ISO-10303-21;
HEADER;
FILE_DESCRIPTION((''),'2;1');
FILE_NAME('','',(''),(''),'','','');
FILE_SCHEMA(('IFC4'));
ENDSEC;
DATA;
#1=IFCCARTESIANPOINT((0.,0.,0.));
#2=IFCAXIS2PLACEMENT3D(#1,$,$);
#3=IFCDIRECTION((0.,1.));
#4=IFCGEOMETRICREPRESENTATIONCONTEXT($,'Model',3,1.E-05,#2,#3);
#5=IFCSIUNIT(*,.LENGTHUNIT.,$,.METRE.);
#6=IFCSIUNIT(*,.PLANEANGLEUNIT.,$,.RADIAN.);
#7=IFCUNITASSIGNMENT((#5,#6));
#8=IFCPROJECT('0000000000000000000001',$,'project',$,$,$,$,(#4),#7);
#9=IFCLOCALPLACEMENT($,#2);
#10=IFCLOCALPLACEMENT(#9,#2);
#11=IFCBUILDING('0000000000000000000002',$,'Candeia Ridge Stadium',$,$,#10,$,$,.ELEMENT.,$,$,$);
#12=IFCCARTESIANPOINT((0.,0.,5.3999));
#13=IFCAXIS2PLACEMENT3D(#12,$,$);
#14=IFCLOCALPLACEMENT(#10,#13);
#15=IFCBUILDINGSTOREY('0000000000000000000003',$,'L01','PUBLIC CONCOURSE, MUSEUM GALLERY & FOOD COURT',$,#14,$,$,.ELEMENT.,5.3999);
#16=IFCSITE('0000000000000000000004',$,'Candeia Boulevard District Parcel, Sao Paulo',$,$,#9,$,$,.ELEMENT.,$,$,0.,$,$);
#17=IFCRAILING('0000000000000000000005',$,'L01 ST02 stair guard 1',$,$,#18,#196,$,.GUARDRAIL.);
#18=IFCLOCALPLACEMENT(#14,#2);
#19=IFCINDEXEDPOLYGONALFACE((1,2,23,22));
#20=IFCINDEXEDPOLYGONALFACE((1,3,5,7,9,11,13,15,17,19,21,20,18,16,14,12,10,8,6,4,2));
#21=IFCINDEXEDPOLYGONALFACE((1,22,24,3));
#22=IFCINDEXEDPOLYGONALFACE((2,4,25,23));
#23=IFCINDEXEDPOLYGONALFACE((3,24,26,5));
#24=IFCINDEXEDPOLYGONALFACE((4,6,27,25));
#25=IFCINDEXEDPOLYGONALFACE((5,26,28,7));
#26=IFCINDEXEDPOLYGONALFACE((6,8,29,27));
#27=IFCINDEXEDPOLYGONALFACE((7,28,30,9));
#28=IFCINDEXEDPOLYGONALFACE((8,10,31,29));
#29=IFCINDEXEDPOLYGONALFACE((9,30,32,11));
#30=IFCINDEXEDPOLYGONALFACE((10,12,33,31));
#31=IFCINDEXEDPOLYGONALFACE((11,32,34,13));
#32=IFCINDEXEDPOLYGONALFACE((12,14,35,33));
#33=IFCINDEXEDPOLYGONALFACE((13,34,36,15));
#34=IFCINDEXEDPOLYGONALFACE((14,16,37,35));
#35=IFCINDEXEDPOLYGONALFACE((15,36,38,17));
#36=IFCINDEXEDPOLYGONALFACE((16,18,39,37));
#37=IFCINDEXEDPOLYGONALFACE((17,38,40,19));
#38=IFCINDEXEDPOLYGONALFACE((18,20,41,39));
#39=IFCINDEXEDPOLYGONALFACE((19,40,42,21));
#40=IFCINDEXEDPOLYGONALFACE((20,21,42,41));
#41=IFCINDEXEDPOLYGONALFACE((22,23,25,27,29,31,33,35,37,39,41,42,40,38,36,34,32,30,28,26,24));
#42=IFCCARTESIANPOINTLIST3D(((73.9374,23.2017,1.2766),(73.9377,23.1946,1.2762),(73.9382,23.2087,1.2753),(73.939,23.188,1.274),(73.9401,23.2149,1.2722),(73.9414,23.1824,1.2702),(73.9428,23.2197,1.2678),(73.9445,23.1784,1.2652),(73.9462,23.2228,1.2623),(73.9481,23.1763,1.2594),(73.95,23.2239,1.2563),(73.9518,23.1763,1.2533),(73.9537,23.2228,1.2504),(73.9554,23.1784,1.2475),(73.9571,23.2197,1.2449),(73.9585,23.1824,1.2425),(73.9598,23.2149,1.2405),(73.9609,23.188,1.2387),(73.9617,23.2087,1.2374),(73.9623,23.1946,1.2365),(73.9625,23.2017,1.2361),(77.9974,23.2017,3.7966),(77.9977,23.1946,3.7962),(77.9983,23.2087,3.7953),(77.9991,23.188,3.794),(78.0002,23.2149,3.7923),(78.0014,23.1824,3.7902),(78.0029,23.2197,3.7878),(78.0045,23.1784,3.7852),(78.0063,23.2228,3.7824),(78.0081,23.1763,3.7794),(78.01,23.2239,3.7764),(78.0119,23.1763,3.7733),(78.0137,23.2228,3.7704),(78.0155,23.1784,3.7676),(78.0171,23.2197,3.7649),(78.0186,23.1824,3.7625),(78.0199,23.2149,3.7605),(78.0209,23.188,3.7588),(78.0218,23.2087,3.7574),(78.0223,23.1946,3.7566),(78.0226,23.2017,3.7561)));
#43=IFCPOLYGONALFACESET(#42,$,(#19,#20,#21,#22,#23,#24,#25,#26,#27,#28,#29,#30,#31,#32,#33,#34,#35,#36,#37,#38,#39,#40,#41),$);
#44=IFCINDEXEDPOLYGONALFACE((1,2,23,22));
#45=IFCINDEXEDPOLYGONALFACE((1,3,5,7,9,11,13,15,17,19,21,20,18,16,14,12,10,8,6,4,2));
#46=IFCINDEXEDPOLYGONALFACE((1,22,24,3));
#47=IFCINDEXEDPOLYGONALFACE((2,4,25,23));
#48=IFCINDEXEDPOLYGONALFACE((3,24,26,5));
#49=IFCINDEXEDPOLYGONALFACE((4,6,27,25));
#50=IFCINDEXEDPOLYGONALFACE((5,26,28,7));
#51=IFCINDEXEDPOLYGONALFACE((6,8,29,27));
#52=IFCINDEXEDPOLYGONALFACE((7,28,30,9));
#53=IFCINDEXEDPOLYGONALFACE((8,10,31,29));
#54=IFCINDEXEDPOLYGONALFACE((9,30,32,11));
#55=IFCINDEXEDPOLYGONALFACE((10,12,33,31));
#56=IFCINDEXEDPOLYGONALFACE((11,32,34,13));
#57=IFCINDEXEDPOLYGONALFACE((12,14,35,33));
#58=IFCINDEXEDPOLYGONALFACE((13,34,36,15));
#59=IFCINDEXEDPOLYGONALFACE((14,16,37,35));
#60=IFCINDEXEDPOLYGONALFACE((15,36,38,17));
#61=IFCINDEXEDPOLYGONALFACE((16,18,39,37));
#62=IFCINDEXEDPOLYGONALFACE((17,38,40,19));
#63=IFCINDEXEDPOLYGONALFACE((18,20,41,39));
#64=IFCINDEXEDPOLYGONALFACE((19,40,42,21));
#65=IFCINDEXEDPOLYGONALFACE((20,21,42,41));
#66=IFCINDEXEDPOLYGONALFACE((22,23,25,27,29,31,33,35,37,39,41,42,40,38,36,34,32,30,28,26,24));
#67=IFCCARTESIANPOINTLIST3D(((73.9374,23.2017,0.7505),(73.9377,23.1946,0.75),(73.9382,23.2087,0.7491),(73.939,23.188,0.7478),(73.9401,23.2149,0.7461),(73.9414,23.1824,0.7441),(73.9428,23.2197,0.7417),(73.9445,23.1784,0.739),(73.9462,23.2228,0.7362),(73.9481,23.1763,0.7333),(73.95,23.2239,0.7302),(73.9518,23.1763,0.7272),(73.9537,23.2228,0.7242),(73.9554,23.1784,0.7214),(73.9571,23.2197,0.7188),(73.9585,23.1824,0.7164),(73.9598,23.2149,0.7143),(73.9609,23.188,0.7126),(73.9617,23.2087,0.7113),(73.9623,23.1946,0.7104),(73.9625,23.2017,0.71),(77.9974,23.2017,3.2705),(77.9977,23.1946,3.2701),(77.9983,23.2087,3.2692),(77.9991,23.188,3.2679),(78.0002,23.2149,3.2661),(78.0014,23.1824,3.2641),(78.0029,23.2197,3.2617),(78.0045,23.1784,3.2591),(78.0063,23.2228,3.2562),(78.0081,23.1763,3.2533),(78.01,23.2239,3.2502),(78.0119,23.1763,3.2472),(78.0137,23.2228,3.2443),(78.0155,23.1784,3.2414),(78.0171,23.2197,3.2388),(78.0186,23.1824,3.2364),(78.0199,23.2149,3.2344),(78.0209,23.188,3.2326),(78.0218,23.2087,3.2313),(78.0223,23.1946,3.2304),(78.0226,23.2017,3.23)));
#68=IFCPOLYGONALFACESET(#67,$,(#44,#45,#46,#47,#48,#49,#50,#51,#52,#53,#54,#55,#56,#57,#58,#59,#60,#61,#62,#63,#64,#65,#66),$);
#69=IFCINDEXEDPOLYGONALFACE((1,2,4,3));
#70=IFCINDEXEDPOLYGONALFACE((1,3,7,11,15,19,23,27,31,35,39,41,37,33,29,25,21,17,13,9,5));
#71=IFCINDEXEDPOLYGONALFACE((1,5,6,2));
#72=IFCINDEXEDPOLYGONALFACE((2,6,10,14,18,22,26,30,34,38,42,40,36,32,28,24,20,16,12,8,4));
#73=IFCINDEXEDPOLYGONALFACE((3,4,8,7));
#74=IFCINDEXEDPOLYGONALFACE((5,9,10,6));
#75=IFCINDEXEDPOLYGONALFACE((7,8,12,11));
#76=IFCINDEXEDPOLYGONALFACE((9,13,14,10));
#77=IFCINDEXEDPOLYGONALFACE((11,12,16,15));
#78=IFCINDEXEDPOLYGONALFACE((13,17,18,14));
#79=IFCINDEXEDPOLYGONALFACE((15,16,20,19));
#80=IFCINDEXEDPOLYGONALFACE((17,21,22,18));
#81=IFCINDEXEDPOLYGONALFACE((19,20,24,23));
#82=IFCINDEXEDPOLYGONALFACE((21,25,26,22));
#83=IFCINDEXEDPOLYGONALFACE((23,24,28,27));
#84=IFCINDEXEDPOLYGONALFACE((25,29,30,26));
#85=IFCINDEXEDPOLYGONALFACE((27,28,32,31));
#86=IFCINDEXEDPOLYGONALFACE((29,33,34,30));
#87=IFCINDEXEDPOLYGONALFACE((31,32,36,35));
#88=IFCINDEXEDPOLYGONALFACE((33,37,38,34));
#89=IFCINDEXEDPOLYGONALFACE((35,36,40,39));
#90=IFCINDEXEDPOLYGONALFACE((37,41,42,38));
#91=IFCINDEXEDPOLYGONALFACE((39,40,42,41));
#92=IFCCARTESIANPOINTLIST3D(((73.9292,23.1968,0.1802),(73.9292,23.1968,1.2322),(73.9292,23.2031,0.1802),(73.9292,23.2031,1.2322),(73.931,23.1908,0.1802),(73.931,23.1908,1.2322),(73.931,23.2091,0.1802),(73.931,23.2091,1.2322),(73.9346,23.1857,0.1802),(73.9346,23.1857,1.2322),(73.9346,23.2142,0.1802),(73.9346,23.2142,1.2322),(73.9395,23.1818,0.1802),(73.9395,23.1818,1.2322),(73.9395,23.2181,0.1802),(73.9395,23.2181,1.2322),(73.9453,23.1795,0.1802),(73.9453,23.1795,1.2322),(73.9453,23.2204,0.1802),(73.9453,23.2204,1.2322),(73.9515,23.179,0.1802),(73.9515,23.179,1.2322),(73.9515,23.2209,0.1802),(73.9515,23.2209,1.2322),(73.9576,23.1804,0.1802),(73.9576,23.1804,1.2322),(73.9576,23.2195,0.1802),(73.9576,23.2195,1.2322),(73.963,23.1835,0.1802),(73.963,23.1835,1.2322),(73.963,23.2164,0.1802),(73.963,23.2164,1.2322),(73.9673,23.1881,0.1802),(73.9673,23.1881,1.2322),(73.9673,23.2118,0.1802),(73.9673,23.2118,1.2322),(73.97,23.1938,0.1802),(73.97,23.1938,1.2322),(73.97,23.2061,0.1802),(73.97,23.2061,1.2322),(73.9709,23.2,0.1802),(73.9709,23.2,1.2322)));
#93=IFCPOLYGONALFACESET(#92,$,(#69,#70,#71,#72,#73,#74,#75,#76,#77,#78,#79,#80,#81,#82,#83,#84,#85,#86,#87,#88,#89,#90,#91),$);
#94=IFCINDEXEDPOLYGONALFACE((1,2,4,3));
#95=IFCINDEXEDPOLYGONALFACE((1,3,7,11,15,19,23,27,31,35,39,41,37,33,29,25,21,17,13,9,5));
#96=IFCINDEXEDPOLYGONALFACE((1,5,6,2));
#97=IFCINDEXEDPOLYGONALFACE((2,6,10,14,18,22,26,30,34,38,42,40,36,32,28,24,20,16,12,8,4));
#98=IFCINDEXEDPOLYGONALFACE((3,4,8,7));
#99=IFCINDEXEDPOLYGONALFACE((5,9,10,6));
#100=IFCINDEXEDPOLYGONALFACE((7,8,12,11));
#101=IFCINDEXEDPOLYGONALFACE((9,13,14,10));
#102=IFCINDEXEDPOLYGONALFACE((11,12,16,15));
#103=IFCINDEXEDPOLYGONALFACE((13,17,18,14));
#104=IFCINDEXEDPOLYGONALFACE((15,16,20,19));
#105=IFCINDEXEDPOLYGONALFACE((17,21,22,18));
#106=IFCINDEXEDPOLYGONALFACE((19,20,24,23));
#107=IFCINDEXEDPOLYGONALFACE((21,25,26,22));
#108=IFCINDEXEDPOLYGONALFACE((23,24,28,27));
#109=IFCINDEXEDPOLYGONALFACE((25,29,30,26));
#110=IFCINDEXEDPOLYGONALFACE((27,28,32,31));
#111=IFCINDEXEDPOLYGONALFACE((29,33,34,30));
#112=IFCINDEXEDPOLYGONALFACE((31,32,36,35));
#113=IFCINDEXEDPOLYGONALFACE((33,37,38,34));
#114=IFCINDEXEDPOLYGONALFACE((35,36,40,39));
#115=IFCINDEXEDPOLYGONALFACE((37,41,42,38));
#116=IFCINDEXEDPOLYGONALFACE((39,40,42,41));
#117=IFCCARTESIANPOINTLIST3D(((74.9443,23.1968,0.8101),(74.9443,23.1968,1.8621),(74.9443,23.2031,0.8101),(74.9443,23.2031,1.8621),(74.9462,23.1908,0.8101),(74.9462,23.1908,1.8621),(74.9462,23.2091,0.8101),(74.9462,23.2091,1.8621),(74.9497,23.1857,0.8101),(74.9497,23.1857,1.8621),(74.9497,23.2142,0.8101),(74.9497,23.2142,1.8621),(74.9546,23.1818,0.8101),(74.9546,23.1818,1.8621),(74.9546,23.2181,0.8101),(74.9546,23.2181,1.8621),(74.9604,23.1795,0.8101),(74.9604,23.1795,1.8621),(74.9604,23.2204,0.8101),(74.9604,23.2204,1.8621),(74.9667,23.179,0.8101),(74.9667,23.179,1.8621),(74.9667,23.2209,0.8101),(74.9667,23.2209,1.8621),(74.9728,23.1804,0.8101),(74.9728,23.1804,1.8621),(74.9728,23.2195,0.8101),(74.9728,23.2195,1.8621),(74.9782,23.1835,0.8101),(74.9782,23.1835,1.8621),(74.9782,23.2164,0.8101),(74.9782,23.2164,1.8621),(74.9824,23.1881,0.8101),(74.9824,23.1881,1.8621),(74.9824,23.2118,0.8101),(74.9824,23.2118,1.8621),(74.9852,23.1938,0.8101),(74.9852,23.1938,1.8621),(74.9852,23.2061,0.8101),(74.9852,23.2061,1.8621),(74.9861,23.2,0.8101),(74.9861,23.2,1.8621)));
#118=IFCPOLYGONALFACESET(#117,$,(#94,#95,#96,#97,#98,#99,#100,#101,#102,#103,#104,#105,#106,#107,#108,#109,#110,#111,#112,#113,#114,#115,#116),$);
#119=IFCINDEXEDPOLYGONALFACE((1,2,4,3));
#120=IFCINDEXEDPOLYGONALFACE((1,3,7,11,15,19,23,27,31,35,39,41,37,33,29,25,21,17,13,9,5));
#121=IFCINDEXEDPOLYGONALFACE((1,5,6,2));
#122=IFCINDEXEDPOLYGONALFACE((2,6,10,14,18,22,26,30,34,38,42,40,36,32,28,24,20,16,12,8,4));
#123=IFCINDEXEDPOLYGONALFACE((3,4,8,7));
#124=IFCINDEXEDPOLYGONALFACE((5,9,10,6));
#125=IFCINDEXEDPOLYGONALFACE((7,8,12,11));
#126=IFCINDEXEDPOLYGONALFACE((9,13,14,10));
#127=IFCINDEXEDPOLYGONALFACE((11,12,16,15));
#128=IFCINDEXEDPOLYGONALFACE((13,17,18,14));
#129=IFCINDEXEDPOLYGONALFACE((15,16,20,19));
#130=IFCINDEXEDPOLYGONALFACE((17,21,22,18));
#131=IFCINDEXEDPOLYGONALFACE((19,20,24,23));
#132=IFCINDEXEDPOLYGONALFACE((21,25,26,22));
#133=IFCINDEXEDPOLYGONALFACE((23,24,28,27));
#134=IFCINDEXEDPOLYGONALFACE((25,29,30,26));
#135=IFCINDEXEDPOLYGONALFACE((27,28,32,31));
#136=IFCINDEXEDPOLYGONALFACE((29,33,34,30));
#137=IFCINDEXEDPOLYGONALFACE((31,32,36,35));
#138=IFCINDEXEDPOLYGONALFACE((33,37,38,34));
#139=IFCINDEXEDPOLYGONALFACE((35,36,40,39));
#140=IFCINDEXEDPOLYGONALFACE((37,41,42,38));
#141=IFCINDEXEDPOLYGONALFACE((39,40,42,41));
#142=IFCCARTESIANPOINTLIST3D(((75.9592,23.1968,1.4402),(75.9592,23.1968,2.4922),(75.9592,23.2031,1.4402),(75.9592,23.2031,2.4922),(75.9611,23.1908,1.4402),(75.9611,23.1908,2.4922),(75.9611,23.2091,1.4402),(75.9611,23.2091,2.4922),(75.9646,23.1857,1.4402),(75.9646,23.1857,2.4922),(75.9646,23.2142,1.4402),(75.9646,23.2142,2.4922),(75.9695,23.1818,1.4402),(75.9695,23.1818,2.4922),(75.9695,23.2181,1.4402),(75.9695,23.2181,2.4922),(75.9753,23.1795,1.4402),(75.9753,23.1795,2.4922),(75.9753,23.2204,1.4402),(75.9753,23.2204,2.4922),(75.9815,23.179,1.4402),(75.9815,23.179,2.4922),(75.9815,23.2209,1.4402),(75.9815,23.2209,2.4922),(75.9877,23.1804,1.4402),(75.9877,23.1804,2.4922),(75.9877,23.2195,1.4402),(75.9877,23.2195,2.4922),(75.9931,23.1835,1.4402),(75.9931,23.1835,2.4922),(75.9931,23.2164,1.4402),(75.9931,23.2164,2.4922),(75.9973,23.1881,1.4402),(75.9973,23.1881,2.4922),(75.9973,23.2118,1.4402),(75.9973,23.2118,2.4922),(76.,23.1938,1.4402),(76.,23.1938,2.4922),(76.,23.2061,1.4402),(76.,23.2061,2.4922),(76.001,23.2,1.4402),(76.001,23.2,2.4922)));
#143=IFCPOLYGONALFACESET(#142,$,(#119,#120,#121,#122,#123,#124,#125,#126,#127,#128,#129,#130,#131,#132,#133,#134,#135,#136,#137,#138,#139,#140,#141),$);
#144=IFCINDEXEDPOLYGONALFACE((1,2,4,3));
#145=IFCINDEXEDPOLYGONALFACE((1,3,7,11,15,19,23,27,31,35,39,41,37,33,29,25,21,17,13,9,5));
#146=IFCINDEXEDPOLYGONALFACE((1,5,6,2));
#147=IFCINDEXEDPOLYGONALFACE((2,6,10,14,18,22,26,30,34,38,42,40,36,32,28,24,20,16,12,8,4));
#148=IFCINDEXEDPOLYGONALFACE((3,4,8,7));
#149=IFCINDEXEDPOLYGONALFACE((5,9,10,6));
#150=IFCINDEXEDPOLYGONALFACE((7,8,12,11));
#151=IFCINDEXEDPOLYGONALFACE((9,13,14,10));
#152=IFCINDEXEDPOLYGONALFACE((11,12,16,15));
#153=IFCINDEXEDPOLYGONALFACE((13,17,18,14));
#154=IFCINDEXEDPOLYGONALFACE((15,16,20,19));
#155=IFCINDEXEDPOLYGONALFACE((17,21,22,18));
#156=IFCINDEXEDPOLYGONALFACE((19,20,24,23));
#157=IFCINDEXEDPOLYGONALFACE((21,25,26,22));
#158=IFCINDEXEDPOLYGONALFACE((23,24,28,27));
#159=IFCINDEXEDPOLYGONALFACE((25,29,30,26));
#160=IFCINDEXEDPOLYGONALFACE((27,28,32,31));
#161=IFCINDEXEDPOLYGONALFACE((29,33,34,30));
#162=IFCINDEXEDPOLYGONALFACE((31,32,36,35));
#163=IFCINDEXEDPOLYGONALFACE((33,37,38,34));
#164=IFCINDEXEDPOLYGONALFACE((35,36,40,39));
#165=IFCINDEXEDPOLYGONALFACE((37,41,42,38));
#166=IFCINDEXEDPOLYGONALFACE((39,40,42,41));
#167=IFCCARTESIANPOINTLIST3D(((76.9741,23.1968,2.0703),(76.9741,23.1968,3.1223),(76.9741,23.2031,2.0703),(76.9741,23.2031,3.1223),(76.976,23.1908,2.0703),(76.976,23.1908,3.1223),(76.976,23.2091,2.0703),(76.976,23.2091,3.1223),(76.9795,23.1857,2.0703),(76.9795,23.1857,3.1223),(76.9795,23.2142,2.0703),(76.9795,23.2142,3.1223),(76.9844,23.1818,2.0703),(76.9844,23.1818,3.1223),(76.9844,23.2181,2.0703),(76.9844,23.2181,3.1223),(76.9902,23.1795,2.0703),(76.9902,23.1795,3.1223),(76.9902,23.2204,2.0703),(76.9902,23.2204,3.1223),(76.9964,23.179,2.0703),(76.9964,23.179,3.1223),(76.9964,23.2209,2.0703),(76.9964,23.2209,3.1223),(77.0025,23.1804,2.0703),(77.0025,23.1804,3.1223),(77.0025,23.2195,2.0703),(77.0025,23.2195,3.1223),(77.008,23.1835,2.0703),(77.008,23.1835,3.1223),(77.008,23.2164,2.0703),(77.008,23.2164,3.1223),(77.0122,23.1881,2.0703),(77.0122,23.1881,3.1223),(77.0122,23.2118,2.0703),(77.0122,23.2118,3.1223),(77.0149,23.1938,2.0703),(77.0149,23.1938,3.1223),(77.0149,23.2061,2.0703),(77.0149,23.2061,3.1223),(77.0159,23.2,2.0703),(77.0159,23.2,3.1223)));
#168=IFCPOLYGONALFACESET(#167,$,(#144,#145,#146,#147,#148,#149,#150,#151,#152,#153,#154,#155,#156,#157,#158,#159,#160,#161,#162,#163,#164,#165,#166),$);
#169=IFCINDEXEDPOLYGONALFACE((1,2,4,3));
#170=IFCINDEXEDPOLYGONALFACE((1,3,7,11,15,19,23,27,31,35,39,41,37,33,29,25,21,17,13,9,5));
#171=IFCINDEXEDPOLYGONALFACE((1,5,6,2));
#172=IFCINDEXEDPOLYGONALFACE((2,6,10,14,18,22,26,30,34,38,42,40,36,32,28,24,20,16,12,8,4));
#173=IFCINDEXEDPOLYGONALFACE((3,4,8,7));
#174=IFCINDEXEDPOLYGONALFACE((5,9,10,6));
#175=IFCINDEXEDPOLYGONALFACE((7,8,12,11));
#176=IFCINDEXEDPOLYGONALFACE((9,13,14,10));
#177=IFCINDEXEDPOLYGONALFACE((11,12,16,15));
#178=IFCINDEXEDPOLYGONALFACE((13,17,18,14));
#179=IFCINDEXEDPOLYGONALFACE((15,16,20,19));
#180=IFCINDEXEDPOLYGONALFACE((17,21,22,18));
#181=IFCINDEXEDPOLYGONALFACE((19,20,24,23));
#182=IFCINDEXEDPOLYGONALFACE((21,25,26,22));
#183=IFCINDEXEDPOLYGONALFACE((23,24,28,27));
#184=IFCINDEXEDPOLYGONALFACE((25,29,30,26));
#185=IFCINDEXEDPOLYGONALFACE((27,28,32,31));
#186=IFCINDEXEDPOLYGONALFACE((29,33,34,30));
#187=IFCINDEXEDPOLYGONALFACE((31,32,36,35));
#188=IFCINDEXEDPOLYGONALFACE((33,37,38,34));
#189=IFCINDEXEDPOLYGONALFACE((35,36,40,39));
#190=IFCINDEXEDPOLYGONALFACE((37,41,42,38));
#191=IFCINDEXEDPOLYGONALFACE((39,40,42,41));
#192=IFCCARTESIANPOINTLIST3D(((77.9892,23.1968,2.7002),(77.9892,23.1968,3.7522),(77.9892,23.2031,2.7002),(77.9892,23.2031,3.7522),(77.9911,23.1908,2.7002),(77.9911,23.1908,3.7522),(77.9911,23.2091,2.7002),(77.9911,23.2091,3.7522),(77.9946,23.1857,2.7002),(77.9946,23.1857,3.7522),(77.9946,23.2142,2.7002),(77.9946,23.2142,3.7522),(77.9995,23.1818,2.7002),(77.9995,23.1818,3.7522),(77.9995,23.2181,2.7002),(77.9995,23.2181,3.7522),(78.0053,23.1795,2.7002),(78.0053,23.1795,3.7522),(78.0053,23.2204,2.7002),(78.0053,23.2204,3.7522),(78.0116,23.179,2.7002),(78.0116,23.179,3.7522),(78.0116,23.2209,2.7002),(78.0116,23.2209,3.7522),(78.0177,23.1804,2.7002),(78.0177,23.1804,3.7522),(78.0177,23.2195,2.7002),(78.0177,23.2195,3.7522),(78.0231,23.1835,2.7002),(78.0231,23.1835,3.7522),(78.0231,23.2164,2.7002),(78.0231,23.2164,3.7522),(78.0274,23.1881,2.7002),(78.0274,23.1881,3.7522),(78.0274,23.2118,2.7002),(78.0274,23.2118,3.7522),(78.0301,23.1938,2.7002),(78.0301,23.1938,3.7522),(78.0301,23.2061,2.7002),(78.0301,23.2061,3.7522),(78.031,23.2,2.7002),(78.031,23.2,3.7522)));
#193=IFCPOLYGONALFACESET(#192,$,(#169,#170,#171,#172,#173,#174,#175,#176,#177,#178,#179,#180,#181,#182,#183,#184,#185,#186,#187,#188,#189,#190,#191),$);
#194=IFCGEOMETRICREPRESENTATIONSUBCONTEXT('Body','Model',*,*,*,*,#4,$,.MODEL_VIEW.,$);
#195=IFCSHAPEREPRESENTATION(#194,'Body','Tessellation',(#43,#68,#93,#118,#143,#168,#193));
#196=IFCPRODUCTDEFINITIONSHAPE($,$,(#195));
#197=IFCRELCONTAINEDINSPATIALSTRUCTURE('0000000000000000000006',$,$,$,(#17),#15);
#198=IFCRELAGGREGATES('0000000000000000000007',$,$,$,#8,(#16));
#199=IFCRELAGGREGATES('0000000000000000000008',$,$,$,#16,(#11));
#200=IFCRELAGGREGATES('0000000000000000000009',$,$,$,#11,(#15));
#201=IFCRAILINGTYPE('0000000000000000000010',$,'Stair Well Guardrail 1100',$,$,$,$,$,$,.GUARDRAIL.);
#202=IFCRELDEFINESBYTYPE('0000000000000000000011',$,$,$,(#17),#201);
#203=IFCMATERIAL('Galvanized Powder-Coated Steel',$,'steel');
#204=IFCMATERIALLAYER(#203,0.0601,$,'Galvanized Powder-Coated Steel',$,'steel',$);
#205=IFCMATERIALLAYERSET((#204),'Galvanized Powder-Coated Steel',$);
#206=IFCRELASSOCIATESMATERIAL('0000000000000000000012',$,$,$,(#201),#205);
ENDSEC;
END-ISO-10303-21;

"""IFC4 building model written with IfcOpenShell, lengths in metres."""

from ifc_helpers import new_model, si_unit, direction, frame, origin, origin_2d, place, context, subcontext, project, spatial, circle, extrude, material, layer, layer_set, type_object, element, save


model = new_model("IFC4")

# Units and contexts
model_context = context("Model", 3, precision=1e-05, world=origin(), true_north=direction((0.0, 1.0)))
body_context = subcontext(model_context, "Body", "Model", "MODEL_VIEW")
ifc_project = project(units=[si_unit("LENGTHUNIT", "METRE"), si_unit("PLANEANGLEUNIT", "RADIAN")], contexts=[model_context])

# Site, building, storey
site_placement = place(None, origin())
site = spatial("IfcSite", under=ifc_project, at=site_placement, Name="Candeia Boulevard District Parcel, Sao Paulo", CompositionType="ELEMENT", RefElevation=0.0)
building_placement = place(site_placement, origin())
building = spatial("IfcBuilding", under=site, at=building_placement, Name="Candeia Ridge Stadium", CompositionType="ELEMENT")
storey_placement = place(building_placement, frame((0.0, 0.0, 5.3999)))
storey = spatial("IfcBuildingStorey", under=building, at=storey_placement, Name="L01", Description="PUBLIC CONCOURSE, MUSEUM GALLERY & FOOD COURT", CompositionType="ELEMENT", Elevation=5.3999)

# Railing
ifc_material_1 = material(Name="Galvanized Powder-Coated Steel", Category="steel")
ifc_layer_1 = layer(ifc_material_1, 0.0601, Name="Galvanized Powder-Coated Steel", Category="steel")
ifc_layer_set_1 = layer_set([ifc_layer_1], Name="Galvanized Powder-Coated Steel")
railing_type_1 = type_object("IfcRailingType", Name="Stair Well Guardrail 1100", PredefinedType="GUARDRAIL", material=ifc_layer_set_1)
railing_1_placement = place(storey_placement, frame((73.95, 23.2, 0.1802)))
element("IfcRailing", 1, at=railing_1_placement, inside=storey, type_object=railing_type_1, Name="L01 ST02 stair guard 1", PredefinedType="GUARDRAIL", context=body_context, shape_type="SweptSolid", body=[
    extrude(circle(Radius=0.0239, at=origin_2d()), frame((0.0, 0.0, 1.0762), z_axis=(0.849642, 0.0, 0.52736), x_axis=(0.0, 1.0, 0.0)), (0.0, 0.0, 1.0), 4.7786),
    extrude(circle(Radius=0.0239, at=origin_2d()), frame((0.0, 0.0, 0.55), z_axis=(0.849642, 0.0, 0.52736), x_axis=(0.0, 1.0, 0.0)), (0.0, 0.0, 1.0), 4.7786),
    extrude(circle(Radius=0.021, at=origin_2d()), origin(), (0.0, 0.0, 1.0), 1.052),
    extrude(circle(Radius=0.021, at=origin_2d()), frame((1.0151, 0.0, 0.6299)), (0.0, 0.0, 1.0), 1.052),
    extrude(circle(Radius=0.021, at=origin_2d()), frame((2.03, 0.0, 1.26)), (0.0, 0.0, 1.0), 1.052),
    extrude(circle(Radius=0.021, at=origin_2d()), frame((3.0449, 0.0, 1.8901)), (0.0, 0.0, 1.0), 1.052),
    extrude(circle(Radius=0.021, at=origin_2d()), frame((4.0601, 0.0, 2.52)), (0.0, 0.0, 1.0), 1.052),
])

save(model, "model.ifc")
